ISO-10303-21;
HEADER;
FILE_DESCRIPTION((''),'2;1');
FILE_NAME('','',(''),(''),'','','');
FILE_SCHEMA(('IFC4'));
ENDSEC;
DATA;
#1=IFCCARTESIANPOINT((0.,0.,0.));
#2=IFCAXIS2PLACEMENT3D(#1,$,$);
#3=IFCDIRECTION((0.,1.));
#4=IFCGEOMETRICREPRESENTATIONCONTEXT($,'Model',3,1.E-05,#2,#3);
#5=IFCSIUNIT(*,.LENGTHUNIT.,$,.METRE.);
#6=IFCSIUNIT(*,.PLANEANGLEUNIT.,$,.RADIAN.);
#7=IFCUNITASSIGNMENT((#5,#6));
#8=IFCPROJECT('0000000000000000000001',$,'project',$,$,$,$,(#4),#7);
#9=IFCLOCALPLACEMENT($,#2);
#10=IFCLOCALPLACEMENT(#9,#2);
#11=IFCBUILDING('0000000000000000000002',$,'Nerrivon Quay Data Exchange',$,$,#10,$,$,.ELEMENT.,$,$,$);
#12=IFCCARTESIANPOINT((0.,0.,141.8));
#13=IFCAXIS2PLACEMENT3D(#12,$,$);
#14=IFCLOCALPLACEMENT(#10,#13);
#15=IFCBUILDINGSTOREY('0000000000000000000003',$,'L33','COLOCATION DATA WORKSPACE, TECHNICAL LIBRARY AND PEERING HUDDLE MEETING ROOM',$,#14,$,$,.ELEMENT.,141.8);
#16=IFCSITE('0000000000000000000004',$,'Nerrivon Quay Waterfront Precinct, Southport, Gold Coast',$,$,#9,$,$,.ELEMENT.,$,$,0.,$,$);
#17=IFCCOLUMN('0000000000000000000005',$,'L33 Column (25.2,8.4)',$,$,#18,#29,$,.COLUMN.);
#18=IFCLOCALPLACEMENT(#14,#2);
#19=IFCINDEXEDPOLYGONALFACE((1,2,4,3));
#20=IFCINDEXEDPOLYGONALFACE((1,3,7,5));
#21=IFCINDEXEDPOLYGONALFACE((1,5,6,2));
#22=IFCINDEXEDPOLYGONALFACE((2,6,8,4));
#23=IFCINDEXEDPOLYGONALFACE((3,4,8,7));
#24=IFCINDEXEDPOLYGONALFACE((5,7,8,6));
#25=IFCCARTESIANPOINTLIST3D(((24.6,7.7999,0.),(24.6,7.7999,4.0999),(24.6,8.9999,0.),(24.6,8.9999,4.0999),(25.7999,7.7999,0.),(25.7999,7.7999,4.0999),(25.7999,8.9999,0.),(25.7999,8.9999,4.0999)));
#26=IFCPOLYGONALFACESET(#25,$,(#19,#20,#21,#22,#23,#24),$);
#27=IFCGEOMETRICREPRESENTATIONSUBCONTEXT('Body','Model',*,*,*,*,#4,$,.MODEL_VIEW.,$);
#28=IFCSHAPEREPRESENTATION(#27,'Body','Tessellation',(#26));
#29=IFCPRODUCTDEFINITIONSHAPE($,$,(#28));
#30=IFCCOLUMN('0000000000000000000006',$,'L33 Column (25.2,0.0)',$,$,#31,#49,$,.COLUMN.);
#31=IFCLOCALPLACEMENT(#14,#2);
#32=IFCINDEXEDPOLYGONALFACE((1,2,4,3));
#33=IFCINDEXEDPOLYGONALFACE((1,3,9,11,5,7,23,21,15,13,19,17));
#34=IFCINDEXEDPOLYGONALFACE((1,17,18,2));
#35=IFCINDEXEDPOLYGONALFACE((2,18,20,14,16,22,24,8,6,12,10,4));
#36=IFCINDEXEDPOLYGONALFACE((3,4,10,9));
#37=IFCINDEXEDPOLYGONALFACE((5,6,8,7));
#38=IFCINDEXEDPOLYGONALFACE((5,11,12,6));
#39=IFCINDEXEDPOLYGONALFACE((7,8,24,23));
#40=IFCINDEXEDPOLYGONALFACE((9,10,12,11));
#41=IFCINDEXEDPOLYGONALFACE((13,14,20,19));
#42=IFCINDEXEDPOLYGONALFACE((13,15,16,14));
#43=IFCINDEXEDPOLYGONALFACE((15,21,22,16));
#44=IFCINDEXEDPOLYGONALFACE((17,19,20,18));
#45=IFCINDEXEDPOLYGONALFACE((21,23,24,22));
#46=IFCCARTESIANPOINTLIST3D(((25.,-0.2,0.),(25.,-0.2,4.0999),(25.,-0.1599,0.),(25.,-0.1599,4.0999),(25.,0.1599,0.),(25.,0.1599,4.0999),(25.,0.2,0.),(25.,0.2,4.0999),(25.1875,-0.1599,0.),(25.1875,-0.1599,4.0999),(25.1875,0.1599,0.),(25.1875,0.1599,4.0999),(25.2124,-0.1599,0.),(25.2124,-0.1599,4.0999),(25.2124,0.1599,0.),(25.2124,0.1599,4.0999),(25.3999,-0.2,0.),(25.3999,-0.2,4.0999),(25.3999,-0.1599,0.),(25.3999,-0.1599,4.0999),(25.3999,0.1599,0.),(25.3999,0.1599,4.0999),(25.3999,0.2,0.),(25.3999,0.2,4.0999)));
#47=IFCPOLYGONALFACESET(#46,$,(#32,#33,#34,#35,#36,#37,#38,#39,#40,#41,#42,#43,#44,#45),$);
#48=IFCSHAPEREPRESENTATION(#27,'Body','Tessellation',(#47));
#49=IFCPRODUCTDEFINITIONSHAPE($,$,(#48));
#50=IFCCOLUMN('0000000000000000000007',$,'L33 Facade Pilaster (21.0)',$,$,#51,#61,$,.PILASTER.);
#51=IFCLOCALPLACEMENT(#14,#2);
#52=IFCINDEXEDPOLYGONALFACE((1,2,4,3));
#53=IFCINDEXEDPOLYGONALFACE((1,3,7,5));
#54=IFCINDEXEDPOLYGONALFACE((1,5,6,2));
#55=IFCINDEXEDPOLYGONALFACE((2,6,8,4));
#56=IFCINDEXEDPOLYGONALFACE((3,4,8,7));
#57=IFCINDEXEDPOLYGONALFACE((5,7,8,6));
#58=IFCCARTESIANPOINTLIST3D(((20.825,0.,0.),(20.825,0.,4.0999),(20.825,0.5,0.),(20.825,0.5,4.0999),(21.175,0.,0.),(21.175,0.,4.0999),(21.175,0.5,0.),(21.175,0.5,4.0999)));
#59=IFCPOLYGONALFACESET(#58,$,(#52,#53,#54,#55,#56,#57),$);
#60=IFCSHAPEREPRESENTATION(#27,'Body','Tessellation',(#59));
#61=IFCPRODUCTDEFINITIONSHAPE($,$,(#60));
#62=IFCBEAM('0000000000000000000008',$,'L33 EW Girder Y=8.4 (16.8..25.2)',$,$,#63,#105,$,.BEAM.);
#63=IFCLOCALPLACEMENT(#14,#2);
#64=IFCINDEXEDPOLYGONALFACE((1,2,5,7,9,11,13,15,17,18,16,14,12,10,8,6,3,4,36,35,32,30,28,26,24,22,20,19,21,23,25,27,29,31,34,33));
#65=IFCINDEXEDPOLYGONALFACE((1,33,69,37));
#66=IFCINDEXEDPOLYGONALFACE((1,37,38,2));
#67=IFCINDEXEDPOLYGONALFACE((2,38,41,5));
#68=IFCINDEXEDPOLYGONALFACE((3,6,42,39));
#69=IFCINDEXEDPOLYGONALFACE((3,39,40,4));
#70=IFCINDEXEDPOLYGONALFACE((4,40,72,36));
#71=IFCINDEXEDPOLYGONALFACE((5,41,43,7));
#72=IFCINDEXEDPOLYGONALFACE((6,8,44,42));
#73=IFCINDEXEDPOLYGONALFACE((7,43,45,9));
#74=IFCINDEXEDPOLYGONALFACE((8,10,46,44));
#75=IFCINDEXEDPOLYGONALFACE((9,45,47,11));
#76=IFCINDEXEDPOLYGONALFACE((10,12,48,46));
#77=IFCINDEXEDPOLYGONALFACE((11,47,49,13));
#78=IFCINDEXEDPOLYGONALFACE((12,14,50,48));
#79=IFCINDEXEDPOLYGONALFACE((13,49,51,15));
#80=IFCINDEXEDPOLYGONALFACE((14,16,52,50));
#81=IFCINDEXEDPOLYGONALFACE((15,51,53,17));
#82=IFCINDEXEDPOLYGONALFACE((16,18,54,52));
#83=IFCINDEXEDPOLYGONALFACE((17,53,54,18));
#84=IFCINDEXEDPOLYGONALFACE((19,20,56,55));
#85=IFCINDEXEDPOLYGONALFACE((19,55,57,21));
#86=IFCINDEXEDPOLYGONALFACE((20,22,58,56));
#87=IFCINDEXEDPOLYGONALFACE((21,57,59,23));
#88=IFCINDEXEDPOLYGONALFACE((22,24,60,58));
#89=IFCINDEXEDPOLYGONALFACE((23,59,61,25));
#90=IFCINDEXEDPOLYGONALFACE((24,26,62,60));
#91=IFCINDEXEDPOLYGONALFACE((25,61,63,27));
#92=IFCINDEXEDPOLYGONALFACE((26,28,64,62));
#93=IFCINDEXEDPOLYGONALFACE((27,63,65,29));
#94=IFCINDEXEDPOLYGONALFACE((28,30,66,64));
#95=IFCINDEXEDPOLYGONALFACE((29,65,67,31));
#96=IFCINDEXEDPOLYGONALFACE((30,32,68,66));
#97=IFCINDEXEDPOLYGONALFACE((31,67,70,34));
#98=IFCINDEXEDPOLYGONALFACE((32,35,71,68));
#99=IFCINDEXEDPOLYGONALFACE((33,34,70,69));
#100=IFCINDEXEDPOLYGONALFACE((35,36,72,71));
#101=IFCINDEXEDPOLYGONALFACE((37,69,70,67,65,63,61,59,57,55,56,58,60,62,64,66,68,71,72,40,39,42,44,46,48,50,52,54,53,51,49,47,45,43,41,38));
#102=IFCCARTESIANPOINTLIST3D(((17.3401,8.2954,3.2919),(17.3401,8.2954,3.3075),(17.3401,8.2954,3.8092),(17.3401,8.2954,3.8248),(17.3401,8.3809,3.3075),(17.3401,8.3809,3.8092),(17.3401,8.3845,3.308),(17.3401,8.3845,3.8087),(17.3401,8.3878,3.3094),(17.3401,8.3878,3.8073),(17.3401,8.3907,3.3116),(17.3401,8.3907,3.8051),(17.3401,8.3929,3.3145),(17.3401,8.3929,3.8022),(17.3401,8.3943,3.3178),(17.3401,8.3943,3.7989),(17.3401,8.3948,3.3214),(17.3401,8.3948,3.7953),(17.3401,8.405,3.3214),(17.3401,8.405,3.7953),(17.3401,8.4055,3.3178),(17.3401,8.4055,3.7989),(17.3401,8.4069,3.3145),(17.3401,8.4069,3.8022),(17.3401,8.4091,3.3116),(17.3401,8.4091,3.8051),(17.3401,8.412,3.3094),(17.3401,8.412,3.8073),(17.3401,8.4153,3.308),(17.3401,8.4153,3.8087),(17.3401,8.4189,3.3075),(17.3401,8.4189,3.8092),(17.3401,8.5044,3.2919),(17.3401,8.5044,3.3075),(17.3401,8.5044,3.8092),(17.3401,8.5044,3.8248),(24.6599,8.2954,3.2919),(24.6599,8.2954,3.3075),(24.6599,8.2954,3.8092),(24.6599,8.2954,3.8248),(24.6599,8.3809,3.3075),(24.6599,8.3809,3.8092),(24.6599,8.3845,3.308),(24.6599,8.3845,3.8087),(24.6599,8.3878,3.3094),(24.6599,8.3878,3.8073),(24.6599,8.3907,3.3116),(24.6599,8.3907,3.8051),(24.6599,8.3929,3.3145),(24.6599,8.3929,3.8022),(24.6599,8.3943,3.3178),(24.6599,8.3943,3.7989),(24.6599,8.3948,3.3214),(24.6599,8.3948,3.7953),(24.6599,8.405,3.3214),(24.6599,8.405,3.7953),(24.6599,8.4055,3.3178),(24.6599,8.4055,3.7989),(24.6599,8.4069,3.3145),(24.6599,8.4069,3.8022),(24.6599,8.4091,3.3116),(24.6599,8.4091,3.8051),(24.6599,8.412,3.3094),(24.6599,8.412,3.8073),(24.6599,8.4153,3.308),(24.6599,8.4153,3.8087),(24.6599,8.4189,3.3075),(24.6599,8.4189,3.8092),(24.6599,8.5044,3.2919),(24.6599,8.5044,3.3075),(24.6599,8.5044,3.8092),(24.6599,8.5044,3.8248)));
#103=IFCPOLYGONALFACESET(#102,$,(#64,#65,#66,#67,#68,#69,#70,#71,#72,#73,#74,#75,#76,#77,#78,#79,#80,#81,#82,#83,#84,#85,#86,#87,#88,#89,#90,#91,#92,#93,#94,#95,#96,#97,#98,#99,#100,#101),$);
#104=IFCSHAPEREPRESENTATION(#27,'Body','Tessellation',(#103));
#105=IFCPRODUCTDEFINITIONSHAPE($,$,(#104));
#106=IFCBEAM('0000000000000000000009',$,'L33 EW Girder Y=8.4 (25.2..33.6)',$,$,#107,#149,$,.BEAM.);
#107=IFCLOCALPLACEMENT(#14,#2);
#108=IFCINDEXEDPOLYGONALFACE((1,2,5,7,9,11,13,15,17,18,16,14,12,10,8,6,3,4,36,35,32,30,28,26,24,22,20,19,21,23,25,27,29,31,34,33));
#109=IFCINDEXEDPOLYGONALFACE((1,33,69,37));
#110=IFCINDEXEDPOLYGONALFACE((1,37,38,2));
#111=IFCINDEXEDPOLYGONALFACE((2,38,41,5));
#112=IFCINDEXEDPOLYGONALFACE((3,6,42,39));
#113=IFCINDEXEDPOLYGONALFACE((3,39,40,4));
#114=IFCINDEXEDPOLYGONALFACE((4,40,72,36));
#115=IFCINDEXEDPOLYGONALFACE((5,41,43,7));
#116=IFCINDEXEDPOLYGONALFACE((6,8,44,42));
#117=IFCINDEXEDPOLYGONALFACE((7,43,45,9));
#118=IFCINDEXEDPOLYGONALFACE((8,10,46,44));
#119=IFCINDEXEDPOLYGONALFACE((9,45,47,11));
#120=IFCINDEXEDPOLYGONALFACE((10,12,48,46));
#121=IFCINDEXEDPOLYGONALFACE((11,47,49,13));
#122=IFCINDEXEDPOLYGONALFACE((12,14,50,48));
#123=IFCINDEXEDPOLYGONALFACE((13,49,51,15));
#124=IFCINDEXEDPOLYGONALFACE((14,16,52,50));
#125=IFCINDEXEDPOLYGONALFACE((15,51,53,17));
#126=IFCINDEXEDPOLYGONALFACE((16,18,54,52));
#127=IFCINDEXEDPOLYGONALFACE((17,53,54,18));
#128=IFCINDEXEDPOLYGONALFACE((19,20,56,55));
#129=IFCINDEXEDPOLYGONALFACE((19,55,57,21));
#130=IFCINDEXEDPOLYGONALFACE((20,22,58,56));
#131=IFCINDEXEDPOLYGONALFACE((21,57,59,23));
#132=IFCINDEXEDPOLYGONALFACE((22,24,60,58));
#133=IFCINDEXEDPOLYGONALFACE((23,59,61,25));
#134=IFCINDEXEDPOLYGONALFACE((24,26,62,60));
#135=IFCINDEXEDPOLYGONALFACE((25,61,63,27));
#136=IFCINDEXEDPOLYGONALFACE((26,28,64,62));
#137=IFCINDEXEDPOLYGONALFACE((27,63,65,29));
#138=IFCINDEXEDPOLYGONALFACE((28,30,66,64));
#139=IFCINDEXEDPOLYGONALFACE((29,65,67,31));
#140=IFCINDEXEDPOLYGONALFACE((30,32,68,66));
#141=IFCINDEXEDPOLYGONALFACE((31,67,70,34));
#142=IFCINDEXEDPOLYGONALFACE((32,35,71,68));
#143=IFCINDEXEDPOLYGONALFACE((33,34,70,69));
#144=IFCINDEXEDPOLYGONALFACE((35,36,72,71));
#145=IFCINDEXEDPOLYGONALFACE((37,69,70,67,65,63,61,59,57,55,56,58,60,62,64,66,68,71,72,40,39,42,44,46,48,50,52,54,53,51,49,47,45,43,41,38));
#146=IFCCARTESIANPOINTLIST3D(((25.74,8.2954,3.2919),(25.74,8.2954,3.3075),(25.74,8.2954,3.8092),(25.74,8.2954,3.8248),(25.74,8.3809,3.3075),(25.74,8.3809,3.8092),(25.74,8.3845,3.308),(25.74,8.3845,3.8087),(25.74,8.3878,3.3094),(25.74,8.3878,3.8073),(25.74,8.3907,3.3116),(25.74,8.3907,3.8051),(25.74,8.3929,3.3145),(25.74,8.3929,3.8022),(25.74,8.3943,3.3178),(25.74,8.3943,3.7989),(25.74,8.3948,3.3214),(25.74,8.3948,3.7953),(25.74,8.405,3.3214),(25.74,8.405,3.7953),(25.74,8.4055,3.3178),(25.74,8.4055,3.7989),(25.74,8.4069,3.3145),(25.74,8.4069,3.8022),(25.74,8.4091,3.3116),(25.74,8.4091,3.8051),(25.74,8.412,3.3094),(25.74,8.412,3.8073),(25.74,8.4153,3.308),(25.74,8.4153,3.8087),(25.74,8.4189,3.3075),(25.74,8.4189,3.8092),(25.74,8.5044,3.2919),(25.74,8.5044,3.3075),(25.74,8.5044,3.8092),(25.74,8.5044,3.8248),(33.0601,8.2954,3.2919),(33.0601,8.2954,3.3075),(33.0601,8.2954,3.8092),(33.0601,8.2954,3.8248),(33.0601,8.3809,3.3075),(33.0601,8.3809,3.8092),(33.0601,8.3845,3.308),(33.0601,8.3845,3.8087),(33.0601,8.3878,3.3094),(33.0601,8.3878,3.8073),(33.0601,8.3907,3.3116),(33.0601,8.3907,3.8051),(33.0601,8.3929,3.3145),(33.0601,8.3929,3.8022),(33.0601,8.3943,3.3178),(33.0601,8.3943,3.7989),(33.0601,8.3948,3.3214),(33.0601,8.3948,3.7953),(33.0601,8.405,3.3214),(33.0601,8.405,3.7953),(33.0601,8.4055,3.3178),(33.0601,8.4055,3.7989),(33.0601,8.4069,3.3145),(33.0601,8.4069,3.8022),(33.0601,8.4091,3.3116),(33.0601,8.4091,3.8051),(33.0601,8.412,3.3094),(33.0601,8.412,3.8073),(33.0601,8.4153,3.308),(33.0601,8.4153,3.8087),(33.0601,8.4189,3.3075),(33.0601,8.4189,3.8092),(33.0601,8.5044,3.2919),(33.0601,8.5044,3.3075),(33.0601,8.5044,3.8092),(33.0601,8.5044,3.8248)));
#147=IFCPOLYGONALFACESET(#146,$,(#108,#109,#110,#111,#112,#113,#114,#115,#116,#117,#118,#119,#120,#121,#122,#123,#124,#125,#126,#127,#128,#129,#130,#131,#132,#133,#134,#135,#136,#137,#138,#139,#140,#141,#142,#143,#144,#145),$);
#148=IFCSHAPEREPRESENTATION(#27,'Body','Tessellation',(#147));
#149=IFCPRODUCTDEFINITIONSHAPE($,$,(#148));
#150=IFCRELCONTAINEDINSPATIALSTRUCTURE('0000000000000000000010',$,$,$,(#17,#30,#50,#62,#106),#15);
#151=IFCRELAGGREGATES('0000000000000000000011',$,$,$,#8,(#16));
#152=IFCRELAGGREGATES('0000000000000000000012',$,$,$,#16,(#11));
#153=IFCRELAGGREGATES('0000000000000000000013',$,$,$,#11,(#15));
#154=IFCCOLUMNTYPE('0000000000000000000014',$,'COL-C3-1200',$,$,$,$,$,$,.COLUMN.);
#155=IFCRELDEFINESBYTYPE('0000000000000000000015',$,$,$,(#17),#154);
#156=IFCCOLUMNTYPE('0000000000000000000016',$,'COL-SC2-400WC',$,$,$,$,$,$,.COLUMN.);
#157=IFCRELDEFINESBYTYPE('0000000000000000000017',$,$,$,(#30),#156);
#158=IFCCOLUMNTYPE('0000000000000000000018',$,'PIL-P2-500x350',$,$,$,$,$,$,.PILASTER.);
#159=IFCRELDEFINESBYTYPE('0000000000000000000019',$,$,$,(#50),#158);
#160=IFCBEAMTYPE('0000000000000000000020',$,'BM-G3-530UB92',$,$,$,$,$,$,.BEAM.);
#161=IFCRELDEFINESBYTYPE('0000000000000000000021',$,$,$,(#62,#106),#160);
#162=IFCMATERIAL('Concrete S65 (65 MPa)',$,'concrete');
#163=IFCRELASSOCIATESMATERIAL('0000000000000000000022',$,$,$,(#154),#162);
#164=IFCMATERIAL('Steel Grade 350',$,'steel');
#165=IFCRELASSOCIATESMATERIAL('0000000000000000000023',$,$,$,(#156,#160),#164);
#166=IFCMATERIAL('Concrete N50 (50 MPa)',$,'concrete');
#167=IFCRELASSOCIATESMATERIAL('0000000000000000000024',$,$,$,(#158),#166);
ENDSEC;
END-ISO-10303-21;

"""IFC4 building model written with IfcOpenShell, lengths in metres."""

from ifc_helpers import new_model, si_unit, direction, frame, origin, origin_2d, place, context, subcontext, project, spatial, rectangle, i_section, extrude, material, material_profile, profile_set, type_object, element, save


model = new_model("IFC4")

# Units and contexts
model_context = context("Model", 3, precision=1e-05, world=origin(), true_north=direction((0.0, 1.0)))
body_context = subcontext(model_context, "Body", "Model", "MODEL_VIEW")
ifc_project = project(units=[si_unit("LENGTHUNIT", "METRE"), si_unit("PLANEANGLEUNIT", "RADIAN")], contexts=[model_context])

# Site, building, storey
site_placement = place(None, origin())
site = spatial("IfcSite", under=ifc_project, at=site_placement, Name="Nerrivon Quay Waterfront Precinct, Southport, Gold Coast", CompositionType="ELEMENT", RefElevation=0.0)
building_placement = place(site_placement, origin())
building = spatial("IfcBuilding", under=site, at=building_placement, Name="Nerrivon Quay Data Exchange", CompositionType="ELEMENT")
storey_placement = place(building_placement, frame((0.0, 0.0, 141.8)))
storey = spatial("IfcBuildingStorey", under=building, at=storey_placement, Name="L33", Description="COLOCATION DATA WORKSPACE, TECHNICAL LIBRARY AND PEERING HUDDLE MEETING ROOM", CompositionType="ELEMENT", Elevation=141.8)

# Columns
ifc_material_1 = material(Name="Concrete S65 (65 MPa)", Category="concrete")
ifc_material_profile_1 = material_profile(ifc_material_1, rectangle(XDim=1.2, YDim=1.2, at=origin_2d()), Name="RC-COL-1200x1200")
ifc_profile_set_1 = profile_set([ifc_material_profile_1], Name="Concrete S65 (65 MPa)")
column_type_1 = type_object("IfcColumnType", Name="COL-C3-1200", PredefinedType="COLUMN", material=ifc_profile_set_1)
column_1_placement = place(storey_placement, frame((25.2, 8.3999, 0.0), z_axis=(0.0, 0.0, 1.0), x_axis=(1.0, 0.0, 0.0)))
element("IfcColumn", 1, at=column_1_placement, inside=storey, type_object=column_type_1, Name="L33 Column (25.2,8.4)", PredefinedType="COLUMN", context=body_context, shape_type="SweptSolid", body=[
    extrude(rectangle(XDim=1.2, YDim=1.2, at=origin_2d()), origin(), (0.0, 0.0, 1.0), 4.0999),
])
ifc_material_2 = material(Name="Steel Grade 350", Category="steel")
ifc_material_profile_2 = material_profile(ifc_material_2, i_section(OverallWidth=0.3999, OverallDepth=0.3999, WebThickness=0.0249, FlangeThickness=0.04, at=origin_2d()), Name="400WC328")
ifc_profile_set_2 = profile_set([ifc_material_profile_2], Name="Steel Grade 350")
column_type_2 = type_object("IfcColumnType", Name="COL-SC2-400WC", PredefinedType="COLUMN", material=ifc_profile_set_2)
column_2_placement = place(storey_placement, frame((25.2, 0.0, 0.0), z_axis=(0.0, 0.0, 1.0), x_axis=(1.0, 0.0, 0.0)))
element("IfcColumn", 2, at=column_2_placement, inside=storey, type_object=column_type_2, Name="L33 Column (25.2,0.0)", PredefinedType="COLUMN", context=body_context, shape_type="SweptSolid", body=[
    extrude(i_section(OverallWidth=0.3999, OverallDepth=0.3999, WebThickness=0.0249, FlangeThickness=0.04, at=origin_2d()), origin(), (0.0, 0.0, 1.0), 4.0999),
])
ifc_material_3 = material(Name="Concrete N50 (50 MPa)", Category="concrete")
ifc_material_profile_3 = material_profile(ifc_material_3, rectangle(XDim=0.3501, YDim=0.5, at=origin_2d()), Name="RC-PIL-500x350")
ifc_profile_set_3 = profile_set([ifc_material_profile_3], Name="Concrete N50 (50 MPa)")
column_type_3 = type_object("IfcColumnType", Name="PIL-P2-500x350", PredefinedType="PILASTER", material=ifc_profile_set_3)
column_3_placement = place(storey_placement, frame((21.0, 0.25, 0.0), z_axis=(0.0, 0.0, 1.0), x_axis=(1.0, 0.0, 0.0)))
element("IfcColumn", 3, at=column_3_placement, inside=storey, type_object=column_type_3, Name="L33 Facade Pilaster (21.0)", PredefinedType="PILASTER", context=body_context, shape_type="SweptSolid", body=[
    extrude(rectangle(XDim=0.3501, YDim=0.5, at=origin_2d()), origin(), (0.0, 0.0, 1.0), 4.0999),
])

# Beams
ifc_material_profile_4 = material_profile(ifc_material_2, i_section(OverallWidth=0.209, OverallDepth=0.533, WebThickness=0.0103, FlangeThickness=0.0156, FilletRadius=0.0139, at=origin_2d()), Name="530UB92.4")
ifc_profile_set_4 = profile_set([ifc_material_profile_4], Name="Steel Grade 350")
beam_type_1 = type_object("IfcBeamType", Name="BM-G3-530UB92", PredefinedType="BEAM", material=ifc_profile_set_4)
beam_1_placement = place(storey_placement, frame((17.3401, 8.3999, 3.5583), z_axis=(1.0, 0.0, 0.0), x_axis=(0.0, 1.0, 0.0)))
element("IfcBeam", 4, at=beam_1_placement, inside=storey, type_object=beam_type_1, Name="L33 EW Girder Y=8.4 (16.8..25.2)", PredefinedType="BEAM", context=body_context, shape_type="SweptSolid", body=[
    extrude(i_section(OverallWidth=0.209, OverallDepth=0.533, WebThickness=0.0103, FlangeThickness=0.0156, FilletRadius=0.0139, at=origin_2d()), origin(), (0.0, 0.0, 1.0), 7.3198),
])
beam_2_placement = place(storey_placement, frame((25.74, 8.3999, 3.5583), z_axis=(1.0, 0.0, 0.0), x_axis=(0.0, 1.0, 0.0)))
element("IfcBeam", 5, at=beam_2_placement, inside=storey, type_object=beam_type_1, Name="L33 EW Girder Y=8.4 (25.2..33.6)", PredefinedType="BEAM", context=body_context, shape_type="SweptSolid", body=[
    extrude(i_section(OverallWidth=0.209, OverallDepth=0.533, WebThickness=0.0103, FlangeThickness=0.0156, FilletRadius=0.0139, at=origin_2d()), origin(), (0.0, 0.0, 1.0), 7.3201),
])

save(model, "model.ifc")
